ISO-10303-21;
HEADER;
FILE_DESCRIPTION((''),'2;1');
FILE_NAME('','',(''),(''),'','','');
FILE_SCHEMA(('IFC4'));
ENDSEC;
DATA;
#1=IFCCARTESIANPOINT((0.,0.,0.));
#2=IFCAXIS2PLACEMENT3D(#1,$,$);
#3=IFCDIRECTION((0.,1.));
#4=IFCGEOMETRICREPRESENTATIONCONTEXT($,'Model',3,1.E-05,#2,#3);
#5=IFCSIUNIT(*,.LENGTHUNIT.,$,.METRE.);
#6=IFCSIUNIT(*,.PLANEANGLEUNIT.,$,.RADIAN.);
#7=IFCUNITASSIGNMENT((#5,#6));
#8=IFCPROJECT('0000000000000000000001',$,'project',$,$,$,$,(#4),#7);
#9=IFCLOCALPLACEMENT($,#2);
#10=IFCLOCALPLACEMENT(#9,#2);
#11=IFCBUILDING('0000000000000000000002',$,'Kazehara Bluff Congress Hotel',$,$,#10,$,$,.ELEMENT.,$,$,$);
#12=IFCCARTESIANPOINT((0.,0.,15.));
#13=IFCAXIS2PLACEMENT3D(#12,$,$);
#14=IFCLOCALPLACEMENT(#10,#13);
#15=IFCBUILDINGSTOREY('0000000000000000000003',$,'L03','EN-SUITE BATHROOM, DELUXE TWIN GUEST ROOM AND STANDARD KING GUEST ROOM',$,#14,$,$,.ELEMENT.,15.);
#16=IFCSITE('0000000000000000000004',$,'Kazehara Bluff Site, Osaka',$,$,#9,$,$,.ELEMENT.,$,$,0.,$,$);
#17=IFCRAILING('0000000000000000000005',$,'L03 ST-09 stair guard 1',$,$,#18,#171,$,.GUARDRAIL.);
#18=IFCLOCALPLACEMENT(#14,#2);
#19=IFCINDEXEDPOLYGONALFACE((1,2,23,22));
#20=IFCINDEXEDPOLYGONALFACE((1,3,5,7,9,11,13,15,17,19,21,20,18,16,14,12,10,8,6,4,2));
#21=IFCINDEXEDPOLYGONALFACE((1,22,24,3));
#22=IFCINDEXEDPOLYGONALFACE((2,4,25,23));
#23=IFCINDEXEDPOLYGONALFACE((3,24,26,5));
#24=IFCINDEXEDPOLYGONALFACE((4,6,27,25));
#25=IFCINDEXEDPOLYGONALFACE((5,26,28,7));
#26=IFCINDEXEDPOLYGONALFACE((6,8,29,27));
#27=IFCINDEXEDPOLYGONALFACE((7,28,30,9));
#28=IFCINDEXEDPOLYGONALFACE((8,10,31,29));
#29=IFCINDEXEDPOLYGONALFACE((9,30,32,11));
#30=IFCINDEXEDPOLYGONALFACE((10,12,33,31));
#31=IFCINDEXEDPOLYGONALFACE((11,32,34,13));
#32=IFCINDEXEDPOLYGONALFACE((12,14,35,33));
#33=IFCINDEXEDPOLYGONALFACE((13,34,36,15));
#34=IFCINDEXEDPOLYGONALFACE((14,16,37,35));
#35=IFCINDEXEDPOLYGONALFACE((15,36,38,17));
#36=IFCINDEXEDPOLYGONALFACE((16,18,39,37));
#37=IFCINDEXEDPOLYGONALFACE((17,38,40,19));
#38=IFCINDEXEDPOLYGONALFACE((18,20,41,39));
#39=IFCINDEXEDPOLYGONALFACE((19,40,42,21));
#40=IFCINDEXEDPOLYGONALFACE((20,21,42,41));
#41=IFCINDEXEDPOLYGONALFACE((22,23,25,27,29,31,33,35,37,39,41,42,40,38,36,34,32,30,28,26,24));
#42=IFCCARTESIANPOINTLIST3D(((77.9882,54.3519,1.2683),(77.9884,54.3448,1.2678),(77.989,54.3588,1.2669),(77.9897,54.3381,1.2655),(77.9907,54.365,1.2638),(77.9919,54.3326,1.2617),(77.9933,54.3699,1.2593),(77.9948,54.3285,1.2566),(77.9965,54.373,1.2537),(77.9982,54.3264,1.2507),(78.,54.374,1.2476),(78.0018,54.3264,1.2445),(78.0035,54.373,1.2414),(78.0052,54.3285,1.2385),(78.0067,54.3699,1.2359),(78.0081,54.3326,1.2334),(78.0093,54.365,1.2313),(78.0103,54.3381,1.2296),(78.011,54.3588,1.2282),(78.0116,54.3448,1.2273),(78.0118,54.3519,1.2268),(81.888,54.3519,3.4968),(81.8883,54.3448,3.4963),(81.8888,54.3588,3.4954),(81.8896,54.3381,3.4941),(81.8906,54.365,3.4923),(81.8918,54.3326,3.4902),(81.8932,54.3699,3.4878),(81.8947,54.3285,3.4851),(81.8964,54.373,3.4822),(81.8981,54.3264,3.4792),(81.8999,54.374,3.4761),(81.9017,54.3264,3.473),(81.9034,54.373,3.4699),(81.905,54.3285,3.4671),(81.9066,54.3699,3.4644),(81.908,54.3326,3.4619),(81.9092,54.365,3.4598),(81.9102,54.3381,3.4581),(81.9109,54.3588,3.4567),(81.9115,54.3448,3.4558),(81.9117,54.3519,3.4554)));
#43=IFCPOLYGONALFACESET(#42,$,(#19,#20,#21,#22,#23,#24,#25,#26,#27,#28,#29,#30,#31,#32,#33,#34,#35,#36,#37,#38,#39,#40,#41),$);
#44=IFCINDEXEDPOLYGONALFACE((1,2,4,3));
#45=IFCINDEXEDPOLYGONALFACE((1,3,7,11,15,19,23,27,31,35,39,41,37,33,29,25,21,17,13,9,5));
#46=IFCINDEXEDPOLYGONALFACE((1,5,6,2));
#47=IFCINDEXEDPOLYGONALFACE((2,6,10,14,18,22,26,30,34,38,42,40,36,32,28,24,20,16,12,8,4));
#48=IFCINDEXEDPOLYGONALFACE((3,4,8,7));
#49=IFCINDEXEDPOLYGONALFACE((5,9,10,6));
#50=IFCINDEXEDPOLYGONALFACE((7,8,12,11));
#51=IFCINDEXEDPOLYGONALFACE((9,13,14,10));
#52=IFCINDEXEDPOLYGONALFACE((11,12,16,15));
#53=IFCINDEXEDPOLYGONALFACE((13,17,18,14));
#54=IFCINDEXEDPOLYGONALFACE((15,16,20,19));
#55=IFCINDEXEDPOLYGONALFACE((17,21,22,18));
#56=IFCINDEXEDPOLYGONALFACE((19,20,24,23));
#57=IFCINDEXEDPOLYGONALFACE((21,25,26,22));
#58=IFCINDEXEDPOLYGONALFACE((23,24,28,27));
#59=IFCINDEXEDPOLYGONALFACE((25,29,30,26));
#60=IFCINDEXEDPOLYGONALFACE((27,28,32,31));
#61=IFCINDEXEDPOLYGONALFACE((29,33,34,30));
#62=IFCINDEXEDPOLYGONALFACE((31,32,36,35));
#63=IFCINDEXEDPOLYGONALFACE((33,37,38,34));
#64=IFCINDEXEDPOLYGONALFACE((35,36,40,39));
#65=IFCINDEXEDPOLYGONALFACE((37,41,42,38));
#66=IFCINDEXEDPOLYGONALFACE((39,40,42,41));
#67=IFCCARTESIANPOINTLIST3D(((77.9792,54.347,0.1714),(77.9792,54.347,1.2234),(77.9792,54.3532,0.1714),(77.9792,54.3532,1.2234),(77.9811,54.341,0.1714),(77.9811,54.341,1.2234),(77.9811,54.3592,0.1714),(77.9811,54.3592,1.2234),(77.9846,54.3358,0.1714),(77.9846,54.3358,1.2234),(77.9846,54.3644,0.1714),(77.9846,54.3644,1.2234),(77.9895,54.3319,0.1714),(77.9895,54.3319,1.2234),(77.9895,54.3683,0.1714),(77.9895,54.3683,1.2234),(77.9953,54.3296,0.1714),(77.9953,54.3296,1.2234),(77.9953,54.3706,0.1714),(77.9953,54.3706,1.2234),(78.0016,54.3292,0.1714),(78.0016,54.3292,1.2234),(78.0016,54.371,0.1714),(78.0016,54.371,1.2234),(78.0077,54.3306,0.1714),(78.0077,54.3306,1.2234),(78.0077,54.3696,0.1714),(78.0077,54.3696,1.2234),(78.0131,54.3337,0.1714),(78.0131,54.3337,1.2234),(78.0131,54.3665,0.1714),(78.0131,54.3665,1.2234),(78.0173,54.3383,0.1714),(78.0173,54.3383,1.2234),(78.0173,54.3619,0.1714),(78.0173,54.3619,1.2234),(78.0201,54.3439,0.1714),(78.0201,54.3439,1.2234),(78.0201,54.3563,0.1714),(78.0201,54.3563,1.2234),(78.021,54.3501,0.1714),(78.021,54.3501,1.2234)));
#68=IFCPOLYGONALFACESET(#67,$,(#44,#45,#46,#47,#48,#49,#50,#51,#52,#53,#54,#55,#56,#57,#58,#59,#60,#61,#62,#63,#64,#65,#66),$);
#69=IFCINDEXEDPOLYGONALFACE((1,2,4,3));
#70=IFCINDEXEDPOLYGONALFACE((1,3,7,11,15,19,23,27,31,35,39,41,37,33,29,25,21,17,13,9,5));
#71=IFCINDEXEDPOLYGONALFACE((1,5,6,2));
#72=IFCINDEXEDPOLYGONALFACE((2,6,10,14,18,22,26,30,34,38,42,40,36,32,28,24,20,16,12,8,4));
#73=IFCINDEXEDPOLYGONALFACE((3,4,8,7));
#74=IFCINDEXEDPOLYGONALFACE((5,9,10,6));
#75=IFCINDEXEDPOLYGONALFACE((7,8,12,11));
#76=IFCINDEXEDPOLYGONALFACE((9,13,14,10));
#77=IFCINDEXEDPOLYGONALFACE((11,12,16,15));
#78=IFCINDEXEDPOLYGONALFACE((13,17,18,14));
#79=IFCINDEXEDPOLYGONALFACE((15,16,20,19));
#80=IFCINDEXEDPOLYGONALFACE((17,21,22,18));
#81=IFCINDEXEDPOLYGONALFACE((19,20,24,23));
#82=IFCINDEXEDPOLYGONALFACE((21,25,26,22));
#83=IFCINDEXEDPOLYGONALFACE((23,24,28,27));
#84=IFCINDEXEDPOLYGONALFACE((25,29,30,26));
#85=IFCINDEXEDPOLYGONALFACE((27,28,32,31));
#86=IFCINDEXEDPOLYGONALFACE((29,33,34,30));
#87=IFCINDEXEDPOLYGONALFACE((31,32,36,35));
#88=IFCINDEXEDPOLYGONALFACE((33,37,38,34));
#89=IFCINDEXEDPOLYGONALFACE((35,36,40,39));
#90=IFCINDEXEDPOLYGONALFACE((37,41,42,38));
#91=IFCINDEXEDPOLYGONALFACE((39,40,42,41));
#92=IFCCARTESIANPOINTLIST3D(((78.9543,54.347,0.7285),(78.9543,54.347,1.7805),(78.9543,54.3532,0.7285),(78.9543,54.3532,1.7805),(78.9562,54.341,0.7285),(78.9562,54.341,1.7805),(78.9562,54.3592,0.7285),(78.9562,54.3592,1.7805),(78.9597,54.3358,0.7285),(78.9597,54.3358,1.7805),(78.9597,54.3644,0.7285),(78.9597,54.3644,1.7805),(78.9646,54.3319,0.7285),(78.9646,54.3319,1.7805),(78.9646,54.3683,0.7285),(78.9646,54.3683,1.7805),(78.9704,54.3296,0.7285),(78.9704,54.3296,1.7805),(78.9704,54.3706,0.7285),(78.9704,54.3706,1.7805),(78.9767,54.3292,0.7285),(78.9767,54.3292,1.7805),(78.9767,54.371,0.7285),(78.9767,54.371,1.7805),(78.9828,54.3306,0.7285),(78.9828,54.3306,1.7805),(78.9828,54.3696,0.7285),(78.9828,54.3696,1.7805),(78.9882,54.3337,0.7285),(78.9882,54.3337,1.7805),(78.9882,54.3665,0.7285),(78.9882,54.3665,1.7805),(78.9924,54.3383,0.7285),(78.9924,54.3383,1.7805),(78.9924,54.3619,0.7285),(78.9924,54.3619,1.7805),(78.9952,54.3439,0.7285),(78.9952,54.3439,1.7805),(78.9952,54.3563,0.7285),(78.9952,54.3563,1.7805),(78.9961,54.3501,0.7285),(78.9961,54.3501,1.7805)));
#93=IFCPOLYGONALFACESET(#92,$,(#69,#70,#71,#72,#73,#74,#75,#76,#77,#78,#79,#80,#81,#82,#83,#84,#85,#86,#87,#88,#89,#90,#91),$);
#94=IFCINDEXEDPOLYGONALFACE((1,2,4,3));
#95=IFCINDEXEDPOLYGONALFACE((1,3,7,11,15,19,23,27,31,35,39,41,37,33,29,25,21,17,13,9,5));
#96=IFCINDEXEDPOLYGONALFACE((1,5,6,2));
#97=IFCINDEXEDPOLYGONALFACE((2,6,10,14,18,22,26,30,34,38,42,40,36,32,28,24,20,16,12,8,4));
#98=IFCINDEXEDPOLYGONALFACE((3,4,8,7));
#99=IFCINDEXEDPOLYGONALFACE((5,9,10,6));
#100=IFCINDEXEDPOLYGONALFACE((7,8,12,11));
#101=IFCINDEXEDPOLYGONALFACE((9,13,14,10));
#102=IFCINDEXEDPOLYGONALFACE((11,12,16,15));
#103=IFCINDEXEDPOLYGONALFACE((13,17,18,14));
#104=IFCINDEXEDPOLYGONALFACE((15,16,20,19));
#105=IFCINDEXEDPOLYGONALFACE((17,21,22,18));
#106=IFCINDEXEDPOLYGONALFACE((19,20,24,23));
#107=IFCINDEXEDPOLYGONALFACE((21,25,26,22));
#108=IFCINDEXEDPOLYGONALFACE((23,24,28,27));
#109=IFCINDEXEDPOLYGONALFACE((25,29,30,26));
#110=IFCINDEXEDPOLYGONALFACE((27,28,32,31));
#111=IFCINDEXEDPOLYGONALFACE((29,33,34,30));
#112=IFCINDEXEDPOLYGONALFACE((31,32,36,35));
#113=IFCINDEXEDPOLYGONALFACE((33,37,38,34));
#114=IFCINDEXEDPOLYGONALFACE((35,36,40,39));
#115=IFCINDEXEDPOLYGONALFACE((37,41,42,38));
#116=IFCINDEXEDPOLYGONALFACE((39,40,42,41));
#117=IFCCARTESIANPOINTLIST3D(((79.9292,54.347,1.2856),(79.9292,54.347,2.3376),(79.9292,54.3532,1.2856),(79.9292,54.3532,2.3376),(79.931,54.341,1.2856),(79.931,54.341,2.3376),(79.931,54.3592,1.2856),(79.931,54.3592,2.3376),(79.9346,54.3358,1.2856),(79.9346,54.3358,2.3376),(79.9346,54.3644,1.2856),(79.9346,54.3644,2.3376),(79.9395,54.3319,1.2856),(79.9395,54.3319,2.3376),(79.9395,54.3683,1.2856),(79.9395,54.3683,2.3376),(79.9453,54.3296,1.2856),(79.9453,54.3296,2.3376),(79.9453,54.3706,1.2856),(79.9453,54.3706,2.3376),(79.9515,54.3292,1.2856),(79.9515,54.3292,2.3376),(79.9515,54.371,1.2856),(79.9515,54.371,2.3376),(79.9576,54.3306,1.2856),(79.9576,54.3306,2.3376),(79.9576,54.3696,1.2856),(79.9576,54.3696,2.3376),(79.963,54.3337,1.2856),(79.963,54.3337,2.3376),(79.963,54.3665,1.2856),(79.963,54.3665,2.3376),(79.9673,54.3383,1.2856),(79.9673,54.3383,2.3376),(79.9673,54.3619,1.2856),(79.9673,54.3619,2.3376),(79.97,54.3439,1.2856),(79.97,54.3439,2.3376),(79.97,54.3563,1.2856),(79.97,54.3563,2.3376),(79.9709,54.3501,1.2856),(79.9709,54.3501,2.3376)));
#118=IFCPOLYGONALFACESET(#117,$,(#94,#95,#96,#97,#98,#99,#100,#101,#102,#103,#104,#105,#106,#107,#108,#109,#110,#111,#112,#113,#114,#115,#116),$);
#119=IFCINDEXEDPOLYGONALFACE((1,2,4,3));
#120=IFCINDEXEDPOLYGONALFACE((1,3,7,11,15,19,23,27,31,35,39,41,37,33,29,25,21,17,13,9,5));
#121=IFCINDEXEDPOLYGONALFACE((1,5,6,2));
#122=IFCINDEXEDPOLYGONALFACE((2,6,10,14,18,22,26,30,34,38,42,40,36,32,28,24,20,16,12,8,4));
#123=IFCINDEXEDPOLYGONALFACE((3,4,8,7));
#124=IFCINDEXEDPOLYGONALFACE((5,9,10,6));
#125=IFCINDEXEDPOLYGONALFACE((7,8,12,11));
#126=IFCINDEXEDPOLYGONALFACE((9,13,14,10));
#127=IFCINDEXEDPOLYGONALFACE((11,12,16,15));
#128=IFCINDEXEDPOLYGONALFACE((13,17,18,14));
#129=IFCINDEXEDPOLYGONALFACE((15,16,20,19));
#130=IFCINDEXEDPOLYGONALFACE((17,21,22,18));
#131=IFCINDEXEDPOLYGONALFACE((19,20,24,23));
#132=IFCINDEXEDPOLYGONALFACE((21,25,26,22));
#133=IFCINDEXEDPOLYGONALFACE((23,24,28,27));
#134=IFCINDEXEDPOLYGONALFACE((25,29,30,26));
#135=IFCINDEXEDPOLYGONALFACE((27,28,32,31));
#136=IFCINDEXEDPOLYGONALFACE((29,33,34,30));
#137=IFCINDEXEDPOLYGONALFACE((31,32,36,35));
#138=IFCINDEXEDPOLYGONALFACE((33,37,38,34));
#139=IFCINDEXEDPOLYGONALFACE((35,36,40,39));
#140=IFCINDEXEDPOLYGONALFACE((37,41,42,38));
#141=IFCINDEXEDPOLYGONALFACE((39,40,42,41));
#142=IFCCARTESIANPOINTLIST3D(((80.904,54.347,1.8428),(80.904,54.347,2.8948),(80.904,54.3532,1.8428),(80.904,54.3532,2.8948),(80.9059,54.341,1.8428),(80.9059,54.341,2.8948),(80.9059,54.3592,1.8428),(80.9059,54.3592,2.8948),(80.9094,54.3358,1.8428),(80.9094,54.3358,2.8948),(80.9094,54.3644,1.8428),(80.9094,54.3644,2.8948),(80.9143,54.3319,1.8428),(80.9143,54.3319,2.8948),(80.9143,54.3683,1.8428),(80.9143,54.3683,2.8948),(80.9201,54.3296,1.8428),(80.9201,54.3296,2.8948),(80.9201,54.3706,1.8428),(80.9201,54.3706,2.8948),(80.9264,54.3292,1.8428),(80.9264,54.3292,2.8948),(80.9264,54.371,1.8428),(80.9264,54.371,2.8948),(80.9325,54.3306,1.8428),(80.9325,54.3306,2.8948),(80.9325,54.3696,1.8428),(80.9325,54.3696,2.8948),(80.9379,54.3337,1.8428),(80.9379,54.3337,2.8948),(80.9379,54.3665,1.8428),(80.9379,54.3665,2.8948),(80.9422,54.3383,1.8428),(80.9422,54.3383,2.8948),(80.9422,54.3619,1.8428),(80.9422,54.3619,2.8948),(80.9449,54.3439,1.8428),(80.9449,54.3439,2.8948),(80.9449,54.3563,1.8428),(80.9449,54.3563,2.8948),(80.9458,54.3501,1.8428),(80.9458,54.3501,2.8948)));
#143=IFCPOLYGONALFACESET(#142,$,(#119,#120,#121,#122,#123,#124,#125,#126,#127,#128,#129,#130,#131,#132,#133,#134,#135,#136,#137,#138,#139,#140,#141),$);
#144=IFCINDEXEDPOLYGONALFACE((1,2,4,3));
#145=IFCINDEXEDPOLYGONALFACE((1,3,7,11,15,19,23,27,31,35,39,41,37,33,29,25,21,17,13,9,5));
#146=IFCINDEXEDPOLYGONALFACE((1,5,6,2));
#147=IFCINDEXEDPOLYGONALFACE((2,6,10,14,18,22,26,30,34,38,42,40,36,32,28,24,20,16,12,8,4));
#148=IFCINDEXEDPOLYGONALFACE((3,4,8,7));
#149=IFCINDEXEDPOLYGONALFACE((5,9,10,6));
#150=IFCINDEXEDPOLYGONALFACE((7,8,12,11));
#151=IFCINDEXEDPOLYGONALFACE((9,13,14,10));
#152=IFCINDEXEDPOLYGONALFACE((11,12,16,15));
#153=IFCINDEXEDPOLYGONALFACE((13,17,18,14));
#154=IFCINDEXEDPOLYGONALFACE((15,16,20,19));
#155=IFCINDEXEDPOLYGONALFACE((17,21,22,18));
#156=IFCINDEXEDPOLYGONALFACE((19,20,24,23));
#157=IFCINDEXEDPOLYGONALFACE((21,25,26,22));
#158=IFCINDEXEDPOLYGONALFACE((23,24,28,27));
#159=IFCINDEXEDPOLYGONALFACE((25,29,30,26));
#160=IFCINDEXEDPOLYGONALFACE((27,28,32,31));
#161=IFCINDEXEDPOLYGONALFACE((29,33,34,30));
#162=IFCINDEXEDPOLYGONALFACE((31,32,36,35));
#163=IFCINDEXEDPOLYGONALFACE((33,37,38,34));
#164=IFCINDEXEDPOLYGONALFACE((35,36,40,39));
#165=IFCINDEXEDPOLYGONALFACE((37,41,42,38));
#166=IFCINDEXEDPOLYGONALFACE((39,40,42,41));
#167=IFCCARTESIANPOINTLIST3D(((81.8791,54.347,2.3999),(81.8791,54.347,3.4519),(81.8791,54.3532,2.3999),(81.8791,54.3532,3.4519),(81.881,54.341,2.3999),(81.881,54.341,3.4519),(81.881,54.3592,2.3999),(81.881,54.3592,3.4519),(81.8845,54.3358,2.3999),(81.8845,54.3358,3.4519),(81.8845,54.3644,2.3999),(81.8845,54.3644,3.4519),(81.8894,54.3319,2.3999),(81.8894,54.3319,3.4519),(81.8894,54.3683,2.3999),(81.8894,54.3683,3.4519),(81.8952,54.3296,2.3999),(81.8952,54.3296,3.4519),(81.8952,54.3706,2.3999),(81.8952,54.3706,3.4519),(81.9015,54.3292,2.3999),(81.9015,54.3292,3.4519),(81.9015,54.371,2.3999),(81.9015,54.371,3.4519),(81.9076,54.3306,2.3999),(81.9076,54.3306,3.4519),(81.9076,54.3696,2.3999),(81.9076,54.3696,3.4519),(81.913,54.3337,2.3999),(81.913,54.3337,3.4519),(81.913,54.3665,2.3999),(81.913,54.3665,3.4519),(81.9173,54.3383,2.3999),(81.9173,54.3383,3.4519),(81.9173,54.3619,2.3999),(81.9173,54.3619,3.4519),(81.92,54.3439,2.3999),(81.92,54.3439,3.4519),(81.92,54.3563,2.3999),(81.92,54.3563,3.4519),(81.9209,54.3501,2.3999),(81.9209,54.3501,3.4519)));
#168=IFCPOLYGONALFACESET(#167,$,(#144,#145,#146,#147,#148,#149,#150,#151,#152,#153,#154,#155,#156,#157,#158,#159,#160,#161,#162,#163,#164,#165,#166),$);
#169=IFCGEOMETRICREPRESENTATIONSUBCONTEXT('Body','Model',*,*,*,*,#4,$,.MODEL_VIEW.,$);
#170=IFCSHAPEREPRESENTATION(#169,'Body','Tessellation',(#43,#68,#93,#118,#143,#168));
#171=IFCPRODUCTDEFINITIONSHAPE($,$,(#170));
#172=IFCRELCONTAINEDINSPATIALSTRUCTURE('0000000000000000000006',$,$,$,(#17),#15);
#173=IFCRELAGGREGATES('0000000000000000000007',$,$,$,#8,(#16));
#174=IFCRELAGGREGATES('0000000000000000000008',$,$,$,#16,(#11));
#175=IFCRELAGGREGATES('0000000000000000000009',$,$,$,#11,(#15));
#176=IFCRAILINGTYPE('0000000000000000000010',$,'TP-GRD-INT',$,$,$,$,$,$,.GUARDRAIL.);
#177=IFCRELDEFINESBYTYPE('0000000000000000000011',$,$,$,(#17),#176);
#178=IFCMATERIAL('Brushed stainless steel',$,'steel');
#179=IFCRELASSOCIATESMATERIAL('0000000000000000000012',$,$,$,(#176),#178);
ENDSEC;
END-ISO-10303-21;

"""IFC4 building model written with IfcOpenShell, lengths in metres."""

from ifc_helpers import new_model, si_unit, direction, frame, origin, origin_2d, place, context, subcontext, project, spatial, circle, extrude, material, type_object, element, save


model = new_model("IFC4")

# Units and contexts
model_context = context("Model", 3, precision=1e-05, world=origin(), true_north=direction((0.0, 1.0)))
body_context = subcontext(model_context, "Body", "Model", "MODEL_VIEW")
ifc_project = project(units=[si_unit("LENGTHUNIT", "METRE"), si_unit("PLANEANGLEUNIT", "RADIAN")], contexts=[model_context])

# Site, building, storey
site_placement = place(None, origin())
site = spatial("IfcSite", under=ifc_project, at=site_placement, Name="Kazehara Bluff Site, Osaka", CompositionType="ELEMENT", RefElevation=0.0)
building_placement = place(site_placement, origin())
building = spatial("IfcBuilding", under=site, at=building_placement, Name="Kazehara Bluff Congress Hotel", CompositionType="ELEMENT")
storey_placement = place(building_placement, frame((0.0, 0.0, 15.0)))
storey = spatial("IfcBuildingStorey", under=building, at=storey_placement, Name="L03", Description="EN-SUITE BATHROOM, DELUXE TWIN GUEST ROOM AND STANDARD KING GUEST ROOM", CompositionType="ELEMENT", Elevation=15.0)

# Railing
ifc_material_1 = material(Name="Brushed stainless steel", Category="steel")
railing_type_1 = type_object("IfcRailingType", Name="TP-GRD-INT", PredefinedType="GUARDRAIL", material=ifc_material_1)
railing_1_placement = place(storey_placement, frame((78.0, 54.3501, 0.1714)))
element("IfcRailing", 1, at=railing_1_placement, inside=storey, type_object=railing_type_1, Name="L03 ST-09 stair guard 1", PredefinedType="GUARDRAIL", context=body_context, shape_type="SweptSolid", body=[
    extrude(circle(Radius=0.0239, at=origin_2d()), frame((0.0, 0.0, 1.0762), z_axis=(0.868243, 0.0, 0.496139), x_axis=(0.0, 1.0, 0.0)), (0.0, 0.0, 1.0), 4.4917),
    extrude(circle(Radius=0.021, at=origin_2d()), origin(), (0.0, 0.0, 1.0), 1.052),
    extrude(circle(Radius=0.021, at=origin_2d()), frame((0.9751, 0.0, 0.5571)), (0.0, 0.0, 1.0), 1.052),
    extrude(circle(Radius=0.021, at=origin_2d()), frame((1.95, 0.0, 1.1143)), (0.0, 0.0, 1.0), 1.052),
    extrude(circle(Radius=0.021, at=origin_2d()), frame((2.9248, 0.0, 1.6714)), (0.0, 0.0, 1.0), 1.052),
    extrude(circle(Radius=0.021, at=origin_2d()), frame((3.8999, 0.0, 2.2285)), (0.0, 0.0, 1.0), 1.052),
])

save(model, "model.ifc")
